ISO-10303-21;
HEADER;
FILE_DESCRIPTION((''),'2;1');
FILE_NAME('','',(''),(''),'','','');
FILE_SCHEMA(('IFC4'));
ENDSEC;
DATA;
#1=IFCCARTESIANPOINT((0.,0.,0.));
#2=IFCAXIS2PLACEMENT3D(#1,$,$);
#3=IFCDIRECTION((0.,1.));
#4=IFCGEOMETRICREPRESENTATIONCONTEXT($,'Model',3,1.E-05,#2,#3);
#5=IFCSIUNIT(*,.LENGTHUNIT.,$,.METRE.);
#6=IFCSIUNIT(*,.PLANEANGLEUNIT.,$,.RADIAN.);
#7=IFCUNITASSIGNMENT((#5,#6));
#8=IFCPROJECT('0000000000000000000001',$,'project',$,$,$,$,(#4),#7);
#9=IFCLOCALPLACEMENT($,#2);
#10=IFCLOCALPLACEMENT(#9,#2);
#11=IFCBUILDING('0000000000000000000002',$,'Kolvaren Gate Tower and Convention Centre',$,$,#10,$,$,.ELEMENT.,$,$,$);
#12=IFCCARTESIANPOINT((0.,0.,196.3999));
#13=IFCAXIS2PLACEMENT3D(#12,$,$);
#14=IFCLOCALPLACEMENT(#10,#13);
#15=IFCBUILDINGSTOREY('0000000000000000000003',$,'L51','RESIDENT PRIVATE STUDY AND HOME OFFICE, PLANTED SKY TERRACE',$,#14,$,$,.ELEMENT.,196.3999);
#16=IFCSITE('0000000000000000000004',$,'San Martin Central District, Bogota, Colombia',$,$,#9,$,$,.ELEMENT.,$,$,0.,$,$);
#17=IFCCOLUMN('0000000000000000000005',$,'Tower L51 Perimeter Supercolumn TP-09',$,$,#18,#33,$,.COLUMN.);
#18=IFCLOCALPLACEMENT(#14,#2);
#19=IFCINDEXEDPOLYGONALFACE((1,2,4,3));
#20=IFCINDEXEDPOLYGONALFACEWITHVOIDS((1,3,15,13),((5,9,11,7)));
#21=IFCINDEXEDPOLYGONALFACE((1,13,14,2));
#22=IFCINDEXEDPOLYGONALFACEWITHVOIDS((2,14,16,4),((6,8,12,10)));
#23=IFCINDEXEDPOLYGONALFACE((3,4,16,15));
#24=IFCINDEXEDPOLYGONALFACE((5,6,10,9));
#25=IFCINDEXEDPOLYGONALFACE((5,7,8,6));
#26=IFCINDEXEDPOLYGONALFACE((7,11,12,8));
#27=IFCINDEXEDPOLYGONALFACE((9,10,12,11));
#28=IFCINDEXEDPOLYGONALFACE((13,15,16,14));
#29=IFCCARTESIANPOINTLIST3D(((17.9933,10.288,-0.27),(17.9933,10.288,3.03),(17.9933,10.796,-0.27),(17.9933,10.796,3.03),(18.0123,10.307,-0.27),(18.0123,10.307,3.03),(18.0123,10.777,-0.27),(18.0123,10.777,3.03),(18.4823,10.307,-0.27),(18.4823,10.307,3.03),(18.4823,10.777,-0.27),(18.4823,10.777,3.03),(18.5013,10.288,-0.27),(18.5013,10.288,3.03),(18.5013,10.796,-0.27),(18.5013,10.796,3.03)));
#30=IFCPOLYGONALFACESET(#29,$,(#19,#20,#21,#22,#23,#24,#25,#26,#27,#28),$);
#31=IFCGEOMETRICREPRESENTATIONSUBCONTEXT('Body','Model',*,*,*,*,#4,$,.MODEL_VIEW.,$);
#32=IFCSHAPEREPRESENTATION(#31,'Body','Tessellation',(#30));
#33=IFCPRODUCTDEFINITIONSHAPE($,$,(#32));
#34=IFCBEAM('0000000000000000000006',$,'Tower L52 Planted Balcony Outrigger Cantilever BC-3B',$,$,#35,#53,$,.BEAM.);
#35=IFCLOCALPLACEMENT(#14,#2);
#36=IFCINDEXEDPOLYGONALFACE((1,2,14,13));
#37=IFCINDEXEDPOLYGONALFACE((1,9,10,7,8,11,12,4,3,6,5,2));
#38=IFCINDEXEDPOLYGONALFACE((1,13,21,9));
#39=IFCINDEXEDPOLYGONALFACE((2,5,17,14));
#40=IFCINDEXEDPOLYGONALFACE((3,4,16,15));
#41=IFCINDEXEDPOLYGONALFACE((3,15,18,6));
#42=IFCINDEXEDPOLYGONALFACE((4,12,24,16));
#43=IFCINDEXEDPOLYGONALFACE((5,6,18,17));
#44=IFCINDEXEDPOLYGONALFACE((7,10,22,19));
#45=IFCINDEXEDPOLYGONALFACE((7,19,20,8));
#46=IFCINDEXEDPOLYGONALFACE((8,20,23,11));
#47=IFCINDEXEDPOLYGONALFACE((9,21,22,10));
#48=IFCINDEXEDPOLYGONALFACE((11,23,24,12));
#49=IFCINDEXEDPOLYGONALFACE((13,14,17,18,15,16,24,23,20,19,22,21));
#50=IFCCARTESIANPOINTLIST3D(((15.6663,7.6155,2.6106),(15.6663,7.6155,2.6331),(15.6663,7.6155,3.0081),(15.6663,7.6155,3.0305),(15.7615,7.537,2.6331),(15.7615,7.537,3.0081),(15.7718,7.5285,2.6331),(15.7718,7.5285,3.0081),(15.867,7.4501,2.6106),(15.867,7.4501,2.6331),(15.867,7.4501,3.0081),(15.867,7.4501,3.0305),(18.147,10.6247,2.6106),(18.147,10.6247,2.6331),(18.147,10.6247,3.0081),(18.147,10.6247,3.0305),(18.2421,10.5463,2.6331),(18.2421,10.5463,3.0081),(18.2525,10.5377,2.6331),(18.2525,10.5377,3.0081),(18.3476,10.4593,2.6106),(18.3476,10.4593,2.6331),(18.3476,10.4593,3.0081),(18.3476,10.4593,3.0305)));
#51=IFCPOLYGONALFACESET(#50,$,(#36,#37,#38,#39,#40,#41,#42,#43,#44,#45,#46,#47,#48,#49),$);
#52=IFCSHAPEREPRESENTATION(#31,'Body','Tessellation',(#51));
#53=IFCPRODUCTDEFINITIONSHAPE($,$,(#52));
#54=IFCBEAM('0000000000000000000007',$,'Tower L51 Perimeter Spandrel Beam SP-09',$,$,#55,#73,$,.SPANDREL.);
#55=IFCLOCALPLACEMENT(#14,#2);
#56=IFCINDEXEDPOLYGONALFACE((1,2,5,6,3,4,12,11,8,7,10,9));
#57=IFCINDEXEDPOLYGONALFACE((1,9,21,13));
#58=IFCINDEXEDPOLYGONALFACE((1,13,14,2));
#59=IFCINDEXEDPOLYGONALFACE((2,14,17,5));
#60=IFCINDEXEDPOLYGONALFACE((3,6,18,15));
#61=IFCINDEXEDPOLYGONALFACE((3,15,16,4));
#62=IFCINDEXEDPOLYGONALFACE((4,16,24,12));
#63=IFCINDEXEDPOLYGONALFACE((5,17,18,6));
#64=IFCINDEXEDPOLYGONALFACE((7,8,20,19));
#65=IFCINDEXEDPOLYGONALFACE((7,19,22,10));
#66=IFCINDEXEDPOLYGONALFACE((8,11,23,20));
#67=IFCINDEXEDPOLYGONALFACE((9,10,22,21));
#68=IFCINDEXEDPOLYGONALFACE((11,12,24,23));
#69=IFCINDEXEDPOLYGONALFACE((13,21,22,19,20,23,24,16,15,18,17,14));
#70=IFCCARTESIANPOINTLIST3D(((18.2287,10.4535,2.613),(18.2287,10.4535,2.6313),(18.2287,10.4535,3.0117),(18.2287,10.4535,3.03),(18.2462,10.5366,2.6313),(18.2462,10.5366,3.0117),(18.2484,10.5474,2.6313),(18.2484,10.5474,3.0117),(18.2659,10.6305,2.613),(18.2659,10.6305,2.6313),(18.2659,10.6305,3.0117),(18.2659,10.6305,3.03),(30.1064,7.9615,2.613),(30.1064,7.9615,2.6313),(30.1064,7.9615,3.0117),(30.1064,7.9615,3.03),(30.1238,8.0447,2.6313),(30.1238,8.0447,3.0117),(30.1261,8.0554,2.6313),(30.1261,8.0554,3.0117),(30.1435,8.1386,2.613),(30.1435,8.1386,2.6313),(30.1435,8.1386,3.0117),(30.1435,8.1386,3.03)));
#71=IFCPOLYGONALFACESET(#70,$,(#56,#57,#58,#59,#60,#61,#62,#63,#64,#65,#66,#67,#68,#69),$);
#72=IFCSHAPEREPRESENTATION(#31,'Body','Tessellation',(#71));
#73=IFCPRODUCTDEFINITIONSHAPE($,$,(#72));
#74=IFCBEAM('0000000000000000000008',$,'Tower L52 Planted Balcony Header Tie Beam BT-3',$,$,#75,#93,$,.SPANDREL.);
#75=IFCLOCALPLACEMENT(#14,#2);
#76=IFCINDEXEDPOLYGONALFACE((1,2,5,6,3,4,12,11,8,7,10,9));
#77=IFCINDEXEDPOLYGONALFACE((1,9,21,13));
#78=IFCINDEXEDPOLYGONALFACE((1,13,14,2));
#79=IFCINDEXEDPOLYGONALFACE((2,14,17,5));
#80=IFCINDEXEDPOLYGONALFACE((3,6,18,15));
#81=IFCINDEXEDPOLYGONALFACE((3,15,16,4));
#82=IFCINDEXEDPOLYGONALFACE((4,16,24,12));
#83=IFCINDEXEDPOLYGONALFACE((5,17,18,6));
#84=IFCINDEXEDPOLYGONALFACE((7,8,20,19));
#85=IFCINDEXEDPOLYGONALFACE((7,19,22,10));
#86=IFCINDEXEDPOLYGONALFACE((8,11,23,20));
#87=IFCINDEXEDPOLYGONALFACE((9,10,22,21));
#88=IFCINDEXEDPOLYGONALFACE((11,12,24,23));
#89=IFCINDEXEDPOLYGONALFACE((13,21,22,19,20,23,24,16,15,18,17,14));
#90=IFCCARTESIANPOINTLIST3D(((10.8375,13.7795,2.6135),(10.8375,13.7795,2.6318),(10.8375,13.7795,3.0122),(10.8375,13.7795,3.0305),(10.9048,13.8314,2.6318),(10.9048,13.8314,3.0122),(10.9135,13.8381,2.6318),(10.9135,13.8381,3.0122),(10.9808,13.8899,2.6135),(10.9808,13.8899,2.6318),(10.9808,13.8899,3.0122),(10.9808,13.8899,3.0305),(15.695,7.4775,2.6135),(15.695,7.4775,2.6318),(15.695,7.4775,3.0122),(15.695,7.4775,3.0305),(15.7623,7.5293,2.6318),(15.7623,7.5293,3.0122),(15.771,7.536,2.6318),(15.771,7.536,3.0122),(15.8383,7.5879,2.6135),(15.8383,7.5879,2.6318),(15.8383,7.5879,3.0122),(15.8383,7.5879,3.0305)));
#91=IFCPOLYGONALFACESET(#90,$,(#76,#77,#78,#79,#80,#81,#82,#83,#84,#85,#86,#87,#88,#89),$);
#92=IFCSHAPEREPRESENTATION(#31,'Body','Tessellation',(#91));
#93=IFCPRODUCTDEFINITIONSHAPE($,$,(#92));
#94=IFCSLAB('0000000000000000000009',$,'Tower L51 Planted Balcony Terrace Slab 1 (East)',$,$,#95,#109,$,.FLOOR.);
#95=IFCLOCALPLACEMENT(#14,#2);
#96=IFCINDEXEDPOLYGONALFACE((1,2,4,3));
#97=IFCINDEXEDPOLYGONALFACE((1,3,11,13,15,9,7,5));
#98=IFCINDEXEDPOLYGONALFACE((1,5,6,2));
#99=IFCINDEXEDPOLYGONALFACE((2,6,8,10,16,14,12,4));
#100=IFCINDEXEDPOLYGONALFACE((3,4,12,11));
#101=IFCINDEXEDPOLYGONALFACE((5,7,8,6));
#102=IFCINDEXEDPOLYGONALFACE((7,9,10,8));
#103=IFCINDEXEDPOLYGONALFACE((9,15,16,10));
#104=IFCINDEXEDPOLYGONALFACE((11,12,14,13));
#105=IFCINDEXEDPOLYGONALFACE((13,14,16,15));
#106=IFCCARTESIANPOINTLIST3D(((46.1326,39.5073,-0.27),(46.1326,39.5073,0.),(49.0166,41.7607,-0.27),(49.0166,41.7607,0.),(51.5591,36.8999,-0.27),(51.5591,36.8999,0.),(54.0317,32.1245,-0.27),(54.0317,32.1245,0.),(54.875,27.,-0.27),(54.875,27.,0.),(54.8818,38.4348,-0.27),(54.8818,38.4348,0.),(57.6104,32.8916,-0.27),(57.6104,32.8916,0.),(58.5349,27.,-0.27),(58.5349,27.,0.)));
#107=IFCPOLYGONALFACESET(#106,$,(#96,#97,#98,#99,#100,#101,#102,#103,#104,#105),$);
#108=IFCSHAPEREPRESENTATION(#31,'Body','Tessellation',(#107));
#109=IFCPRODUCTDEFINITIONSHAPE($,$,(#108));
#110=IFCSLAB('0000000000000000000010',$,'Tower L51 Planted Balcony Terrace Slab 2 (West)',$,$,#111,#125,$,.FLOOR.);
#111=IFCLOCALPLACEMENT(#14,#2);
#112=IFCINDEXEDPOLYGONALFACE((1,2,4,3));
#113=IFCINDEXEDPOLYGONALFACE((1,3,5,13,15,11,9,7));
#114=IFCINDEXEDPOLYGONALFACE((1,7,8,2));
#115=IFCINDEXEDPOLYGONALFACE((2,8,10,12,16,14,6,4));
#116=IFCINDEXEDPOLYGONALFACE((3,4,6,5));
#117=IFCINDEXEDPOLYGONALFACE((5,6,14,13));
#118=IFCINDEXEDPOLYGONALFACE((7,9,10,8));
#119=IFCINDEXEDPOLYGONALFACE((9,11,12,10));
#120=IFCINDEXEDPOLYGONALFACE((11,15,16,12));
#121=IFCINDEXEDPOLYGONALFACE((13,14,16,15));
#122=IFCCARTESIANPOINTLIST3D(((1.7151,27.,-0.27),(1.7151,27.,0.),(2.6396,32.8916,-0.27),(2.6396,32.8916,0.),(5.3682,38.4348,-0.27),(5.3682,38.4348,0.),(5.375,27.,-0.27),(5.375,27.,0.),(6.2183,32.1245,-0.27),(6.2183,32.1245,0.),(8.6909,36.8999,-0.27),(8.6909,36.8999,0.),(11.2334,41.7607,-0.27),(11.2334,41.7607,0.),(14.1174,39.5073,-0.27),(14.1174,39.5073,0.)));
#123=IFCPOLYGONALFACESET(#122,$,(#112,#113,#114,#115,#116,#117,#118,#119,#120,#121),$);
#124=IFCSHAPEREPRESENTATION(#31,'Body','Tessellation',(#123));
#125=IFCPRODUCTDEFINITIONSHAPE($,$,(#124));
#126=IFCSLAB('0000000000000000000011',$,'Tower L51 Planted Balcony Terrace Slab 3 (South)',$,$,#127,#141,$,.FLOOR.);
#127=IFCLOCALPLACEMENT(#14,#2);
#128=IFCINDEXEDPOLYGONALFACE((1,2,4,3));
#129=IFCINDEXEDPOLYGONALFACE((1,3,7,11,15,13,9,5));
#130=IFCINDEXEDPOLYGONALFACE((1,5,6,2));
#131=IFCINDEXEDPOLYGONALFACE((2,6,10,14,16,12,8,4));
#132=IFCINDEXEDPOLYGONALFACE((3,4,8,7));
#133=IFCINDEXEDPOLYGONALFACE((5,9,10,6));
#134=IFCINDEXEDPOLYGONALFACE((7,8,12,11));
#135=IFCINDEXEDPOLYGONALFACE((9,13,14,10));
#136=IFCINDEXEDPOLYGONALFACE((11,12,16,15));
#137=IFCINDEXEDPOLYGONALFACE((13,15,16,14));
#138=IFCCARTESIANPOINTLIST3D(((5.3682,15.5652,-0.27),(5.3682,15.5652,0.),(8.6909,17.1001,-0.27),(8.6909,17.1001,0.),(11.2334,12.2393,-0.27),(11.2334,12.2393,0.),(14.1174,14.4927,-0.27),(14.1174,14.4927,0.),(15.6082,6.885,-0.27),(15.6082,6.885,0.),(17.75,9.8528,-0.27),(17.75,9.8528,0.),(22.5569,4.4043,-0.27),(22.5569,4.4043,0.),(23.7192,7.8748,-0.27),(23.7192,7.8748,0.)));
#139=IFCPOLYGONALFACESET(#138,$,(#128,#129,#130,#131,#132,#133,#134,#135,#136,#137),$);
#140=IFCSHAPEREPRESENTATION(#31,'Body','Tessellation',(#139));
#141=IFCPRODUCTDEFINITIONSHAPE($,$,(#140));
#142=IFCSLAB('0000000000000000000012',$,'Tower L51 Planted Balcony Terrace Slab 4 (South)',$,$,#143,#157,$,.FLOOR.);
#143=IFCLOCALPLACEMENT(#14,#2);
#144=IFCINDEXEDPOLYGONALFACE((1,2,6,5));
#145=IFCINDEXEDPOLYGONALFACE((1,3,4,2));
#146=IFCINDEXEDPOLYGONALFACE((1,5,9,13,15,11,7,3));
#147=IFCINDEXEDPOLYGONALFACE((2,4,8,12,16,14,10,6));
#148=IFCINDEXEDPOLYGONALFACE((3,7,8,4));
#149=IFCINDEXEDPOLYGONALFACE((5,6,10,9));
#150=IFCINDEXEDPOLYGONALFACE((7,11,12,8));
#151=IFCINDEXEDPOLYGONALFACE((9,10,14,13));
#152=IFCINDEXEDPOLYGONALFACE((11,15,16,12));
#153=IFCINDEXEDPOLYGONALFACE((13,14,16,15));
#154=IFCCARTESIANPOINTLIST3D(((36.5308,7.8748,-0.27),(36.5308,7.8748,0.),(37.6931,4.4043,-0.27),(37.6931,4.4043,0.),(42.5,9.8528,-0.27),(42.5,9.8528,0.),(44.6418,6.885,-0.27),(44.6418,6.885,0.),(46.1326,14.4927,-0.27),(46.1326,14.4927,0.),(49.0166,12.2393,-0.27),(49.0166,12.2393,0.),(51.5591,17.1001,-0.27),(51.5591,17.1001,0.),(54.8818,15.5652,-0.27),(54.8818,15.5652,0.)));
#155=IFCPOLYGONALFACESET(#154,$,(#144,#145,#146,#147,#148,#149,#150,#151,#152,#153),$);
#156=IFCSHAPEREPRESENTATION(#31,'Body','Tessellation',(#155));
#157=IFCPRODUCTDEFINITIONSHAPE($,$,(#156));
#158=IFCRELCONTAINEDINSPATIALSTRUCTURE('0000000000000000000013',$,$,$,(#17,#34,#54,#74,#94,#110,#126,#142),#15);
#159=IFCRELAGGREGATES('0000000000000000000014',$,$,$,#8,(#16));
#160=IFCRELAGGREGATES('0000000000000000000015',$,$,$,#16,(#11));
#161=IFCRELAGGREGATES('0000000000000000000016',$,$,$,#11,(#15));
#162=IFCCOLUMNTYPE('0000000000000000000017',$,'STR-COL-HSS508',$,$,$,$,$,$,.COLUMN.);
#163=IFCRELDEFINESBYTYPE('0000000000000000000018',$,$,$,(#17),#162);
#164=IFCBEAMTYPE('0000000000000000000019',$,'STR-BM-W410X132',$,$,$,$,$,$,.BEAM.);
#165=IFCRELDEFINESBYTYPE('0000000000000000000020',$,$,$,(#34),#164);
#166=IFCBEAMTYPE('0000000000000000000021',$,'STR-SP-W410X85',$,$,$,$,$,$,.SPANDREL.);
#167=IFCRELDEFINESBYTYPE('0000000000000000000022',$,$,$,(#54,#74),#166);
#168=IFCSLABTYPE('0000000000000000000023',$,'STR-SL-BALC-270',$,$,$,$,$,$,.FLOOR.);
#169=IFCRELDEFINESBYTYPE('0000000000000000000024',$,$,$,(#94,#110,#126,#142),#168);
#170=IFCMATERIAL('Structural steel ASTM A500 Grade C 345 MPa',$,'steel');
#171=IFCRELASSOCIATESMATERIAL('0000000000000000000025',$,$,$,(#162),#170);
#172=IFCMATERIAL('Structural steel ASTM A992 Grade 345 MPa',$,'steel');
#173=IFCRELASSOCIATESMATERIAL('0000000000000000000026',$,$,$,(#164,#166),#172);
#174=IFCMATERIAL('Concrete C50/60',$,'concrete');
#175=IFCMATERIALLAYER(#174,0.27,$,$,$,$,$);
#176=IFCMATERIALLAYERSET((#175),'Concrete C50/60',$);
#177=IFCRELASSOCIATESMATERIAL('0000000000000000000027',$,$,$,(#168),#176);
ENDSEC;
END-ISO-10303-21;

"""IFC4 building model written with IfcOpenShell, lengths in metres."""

from ifc_helpers import new_model, si_unit, direction, frame, origin, origin_2d, place, context, subcontext, project, spatial, polyline, hollow_rectangle, i_section, outline, extrude, material, layer, layer_set, material_profile, profile_set, type_object, element, save


model = new_model("IFC4")

# Units and contexts
model_context = context("Model", 3, precision=1e-05, world=origin(), true_north=direction((0.0, 1.0)))
body_context = subcontext(model_context, "Body", "Model", "MODEL_VIEW")
ifc_project = project(units=[si_unit("LENGTHUNIT", "METRE"), si_unit("PLANEANGLEUNIT", "RADIAN")], contexts=[model_context])

# Site, building, storey
site_placement = place(None, origin())
site = spatial("IfcSite", under=ifc_project, at=site_placement, Name="San Martin Central District, Bogota, Colombia", CompositionType="ELEMENT", RefElevation=0.0)
building_placement = place(site_placement, origin())
building = spatial("IfcBuilding", under=site, at=building_placement, Name="Kolvaren Gate Tower and Convention Centre", CompositionType="ELEMENT")
storey_placement = place(building_placement, frame((0.0, 0.0, 196.3999)))
storey = spatial("IfcBuildingStorey", under=building, at=storey_placement, Name="L51", Description="RESIDENT PRIVATE STUDY AND HOME OFFICE, PLANTED SKY TERRACE", CompositionType="ELEMENT", Elevation=196.3999)

# Column
ifc_material_1 = material(Name="Structural steel ASTM A500 Grade C 345 MPa", Category="steel")
ifc_material_profile_1 = material_profile(ifc_material_1, hollow_rectangle(XDim=0.5081, YDim=0.5081, WallThickness=0.019, at=origin_2d()), Name="HSS508X508X19.1")
ifc_profile_set_1 = profile_set([ifc_material_profile_1], Name="Structural steel ASTM A500 Grade C 345 MPa")
column_type = type_object("IfcColumnType", Name="STR-COL-HSS508", PredefinedType="COLUMN", material=ifc_profile_set_1)
column_placement = place(storey_placement, frame((18.2473, 10.542, -0.27), z_axis=(0.0, 0.0, 1.0), x_axis=(1.0, 0.0, 0.0)))
element("IfcColumn", 1, at=column_placement, inside=storey, type_object=column_type, Name="Tower L51 Perimeter Supercolumn TP-09", PredefinedType="COLUMN", context=body_context, shape_type="SweptSolid", body=[
    extrude(hollow_rectangle(XDim=0.5081, YDim=0.5081, WallThickness=0.019, at=origin_2d()), origin(), (0.0, 0.0, 1.0), 3.3),
])

# Beams
ifc_material_2 = material(Name="Structural steel ASTM A992 Grade 345 MPa", Category="steel")
ifc_material_profile_2 = material_profile(ifc_material_2, i_section(OverallWidth=0.26, OverallDepth=0.4199, WebThickness=0.0134, FlangeThickness=0.0225, at=origin_2d()), Name="W410X132")
ifc_profile_set_2 = profile_set([ifc_material_profile_2], Name="Structural steel ASTM A992 Grade 345 MPa")
beam_type_1 = type_object("IfcBeamType", Name="STR-BM-W410X132", PredefinedType="BEAM", material=ifc_profile_set_2)
beam_1_placement = place(storey_placement, frame((18.2473, 10.542, 2.8206), z_axis=(-0.636087, -0.771618, 0.0), x_axis=(0.771618, -0.636087, 0.0)))
element("IfcBeam", 2, at=beam_1_placement, inside=storey, type_object=beam_type_1, Name="Tower L52 Planted Balcony Outrigger Cantilever BC-3B", PredefinedType="BEAM", context=body_context, shape_type="SweptSolid", body=[
    extrude(i_section(OverallWidth=0.26, OverallDepth=0.4199, WebThickness=0.0134, FlangeThickness=0.0225, at=origin_2d()), origin(), (0.0, 0.0, 1.0), 3.8999),
])
ifc_material_profile_3 = material_profile(ifc_material_2, i_section(OverallWidth=0.1809, OverallDepth=0.417, WebThickness=0.011, FlangeThickness=0.0183, at=origin_2d()), Name="W410X85")
ifc_profile_set_3 = profile_set([ifc_material_profile_3], Name="Structural steel ASTM A992 Grade 345 MPa")
beam_type_2 = type_object("IfcBeamType", Name="STR-SP-W410X85", PredefinedType="SPANDREL", material=ifc_profile_set_3)
beam_2_placement = place(storey_placement, frame((18.2473, 10.542, 2.8215), z_axis=(0.978693, -0.20533, 0.0), x_axis=(0.20533, 0.978693, 0.0)))
element("IfcBeam", 3, at=beam_2_placement, inside=storey, type_object=beam_type_2, Name="Tower L51 Perimeter Spandrel Beam SP-09", PredefinedType="SPANDREL", context=body_context, shape_type="SweptSolid", body=[
    extrude(i_section(OverallWidth=0.1809, OverallDepth=0.417, WebThickness=0.011, FlangeThickness=0.0183, at=origin_2d()), origin(), (0.0, 0.0, 1.0), 12.1362),
])
beam_3_placement = place(storey_placement, frame((10.9092, 13.8347, 2.822), z_axis=(0.610479, -0.792033, 0.0), x_axis=(0.792033, 0.610479, 0.0)))
element("IfcBeam", 4, at=beam_3_placement, inside=storey, type_object=beam_type_2, Name="Tower L52 Planted Balcony Header Tie Beam BT-3", PredefinedType="SPANDREL", context=body_context, shape_type="SweptSolid", body=[
    extrude(i_section(OverallWidth=0.1809, OverallDepth=0.417, WebThickness=0.011, FlangeThickness=0.0183, at=origin_2d()), origin(), (0.0, 0.0, 1.0), 7.9568),
])

# Slabs
ifc_material_3 = material(Name="Concrete C50/60", Category="concrete")
ifc_layer_1 = layer(ifc_material_3, 0.27)
ifc_layer_set_1 = layer_set([ifc_layer_1], Name="Concrete C50/60")
slab_type_1 = type_object("IfcSlabType", Name="STR-SL-BALC-270", PredefinedType="FLOOR", material=ifc_layer_set_1)
slab_1_placement = place(storey_placement, frame((0.0, 0.0, -0.27)))
element("IfcSlab", 5, at=slab_1_placement, inside=storey, type_object=slab_type_1, Name="Tower L51 Planted Balcony Terrace Slab 1 (East)", PredefinedType="FLOOR", context=body_context, shape_type="SweptSolid", body=[
    extrude(outline(polyline([(54.875, 27.0), (54.0317, 32.1245), (51.5591, 36.8999), (46.1326, 39.5073), (49.0166, 41.7607), (54.8818, 38.4348), (57.6104, 32.8916), (58.5349, 27.0), (54.875, 27.0)])), origin(), (0.0, 0.0, 1.0), 0.27),
])
slab_2_placement = place(storey_placement, frame((0.0, 0.0, -0.27)))
element("IfcSlab", 6, at=slab_2_placement, inside=storey, type_object=slab_type_1, Name="Tower L51 Planted Balcony Terrace Slab 2 (West)", PredefinedType="FLOOR", context=body_context, shape_type="SweptSolid", body=[
    extrude(outline(polyline([(14.1174, 39.5073), (8.6909, 36.8999), (6.2183, 32.1245), (5.375, 27.0), (1.7151, 27.0), (2.6396, 32.8916), (5.3682, 38.4348), (11.2334, 41.7607), (14.1174, 39.5073)])), origin(), (0.0, 0.0, 1.0), 0.27),
])
slab_3_placement = place(storey_placement, frame((0.0, 0.0, -0.27)))
element("IfcSlab", 7, at=slab_3_placement, inside=storey, type_object=slab_type_1, Name="Tower L51 Planted Balcony Terrace Slab 3 (South)", PredefinedType="FLOOR", context=body_context, shape_type="SweptSolid", body=[
    extrude(outline(polyline([(8.6909, 17.1001), (14.1174, 14.4927), (17.75, 9.8528), (23.7192, 7.8748), (22.5569, 4.4043), (15.6082, 6.885), (11.2334, 12.2393), (5.3682, 15.5652), (8.6909, 17.1001)])), origin(), (0.0, 0.0, 1.0), 0.27),
])
slab_4_placement = place(storey_placement, frame((0.0, 0.0, -0.27)))
element("IfcSlab", 8, at=slab_4_placement, inside=storey, type_object=slab_type_1, Name="Tower L51 Planted Balcony Terrace Slab 4 (South)", PredefinedType="FLOOR", context=body_context, shape_type="SweptSolid", body=[
    extrude(outline(polyline([(36.5308, 7.8748), (42.5, 9.8528), (46.1326, 14.4927), (51.5591, 17.1001), (54.8818, 15.5652), (49.0166, 12.2393), (44.6418, 6.885), (37.6931, 4.4043), (36.5308, 7.8748)])), origin(), (0.0, 0.0, 1.0), 0.27),
])

save(model, "model.ifc")
